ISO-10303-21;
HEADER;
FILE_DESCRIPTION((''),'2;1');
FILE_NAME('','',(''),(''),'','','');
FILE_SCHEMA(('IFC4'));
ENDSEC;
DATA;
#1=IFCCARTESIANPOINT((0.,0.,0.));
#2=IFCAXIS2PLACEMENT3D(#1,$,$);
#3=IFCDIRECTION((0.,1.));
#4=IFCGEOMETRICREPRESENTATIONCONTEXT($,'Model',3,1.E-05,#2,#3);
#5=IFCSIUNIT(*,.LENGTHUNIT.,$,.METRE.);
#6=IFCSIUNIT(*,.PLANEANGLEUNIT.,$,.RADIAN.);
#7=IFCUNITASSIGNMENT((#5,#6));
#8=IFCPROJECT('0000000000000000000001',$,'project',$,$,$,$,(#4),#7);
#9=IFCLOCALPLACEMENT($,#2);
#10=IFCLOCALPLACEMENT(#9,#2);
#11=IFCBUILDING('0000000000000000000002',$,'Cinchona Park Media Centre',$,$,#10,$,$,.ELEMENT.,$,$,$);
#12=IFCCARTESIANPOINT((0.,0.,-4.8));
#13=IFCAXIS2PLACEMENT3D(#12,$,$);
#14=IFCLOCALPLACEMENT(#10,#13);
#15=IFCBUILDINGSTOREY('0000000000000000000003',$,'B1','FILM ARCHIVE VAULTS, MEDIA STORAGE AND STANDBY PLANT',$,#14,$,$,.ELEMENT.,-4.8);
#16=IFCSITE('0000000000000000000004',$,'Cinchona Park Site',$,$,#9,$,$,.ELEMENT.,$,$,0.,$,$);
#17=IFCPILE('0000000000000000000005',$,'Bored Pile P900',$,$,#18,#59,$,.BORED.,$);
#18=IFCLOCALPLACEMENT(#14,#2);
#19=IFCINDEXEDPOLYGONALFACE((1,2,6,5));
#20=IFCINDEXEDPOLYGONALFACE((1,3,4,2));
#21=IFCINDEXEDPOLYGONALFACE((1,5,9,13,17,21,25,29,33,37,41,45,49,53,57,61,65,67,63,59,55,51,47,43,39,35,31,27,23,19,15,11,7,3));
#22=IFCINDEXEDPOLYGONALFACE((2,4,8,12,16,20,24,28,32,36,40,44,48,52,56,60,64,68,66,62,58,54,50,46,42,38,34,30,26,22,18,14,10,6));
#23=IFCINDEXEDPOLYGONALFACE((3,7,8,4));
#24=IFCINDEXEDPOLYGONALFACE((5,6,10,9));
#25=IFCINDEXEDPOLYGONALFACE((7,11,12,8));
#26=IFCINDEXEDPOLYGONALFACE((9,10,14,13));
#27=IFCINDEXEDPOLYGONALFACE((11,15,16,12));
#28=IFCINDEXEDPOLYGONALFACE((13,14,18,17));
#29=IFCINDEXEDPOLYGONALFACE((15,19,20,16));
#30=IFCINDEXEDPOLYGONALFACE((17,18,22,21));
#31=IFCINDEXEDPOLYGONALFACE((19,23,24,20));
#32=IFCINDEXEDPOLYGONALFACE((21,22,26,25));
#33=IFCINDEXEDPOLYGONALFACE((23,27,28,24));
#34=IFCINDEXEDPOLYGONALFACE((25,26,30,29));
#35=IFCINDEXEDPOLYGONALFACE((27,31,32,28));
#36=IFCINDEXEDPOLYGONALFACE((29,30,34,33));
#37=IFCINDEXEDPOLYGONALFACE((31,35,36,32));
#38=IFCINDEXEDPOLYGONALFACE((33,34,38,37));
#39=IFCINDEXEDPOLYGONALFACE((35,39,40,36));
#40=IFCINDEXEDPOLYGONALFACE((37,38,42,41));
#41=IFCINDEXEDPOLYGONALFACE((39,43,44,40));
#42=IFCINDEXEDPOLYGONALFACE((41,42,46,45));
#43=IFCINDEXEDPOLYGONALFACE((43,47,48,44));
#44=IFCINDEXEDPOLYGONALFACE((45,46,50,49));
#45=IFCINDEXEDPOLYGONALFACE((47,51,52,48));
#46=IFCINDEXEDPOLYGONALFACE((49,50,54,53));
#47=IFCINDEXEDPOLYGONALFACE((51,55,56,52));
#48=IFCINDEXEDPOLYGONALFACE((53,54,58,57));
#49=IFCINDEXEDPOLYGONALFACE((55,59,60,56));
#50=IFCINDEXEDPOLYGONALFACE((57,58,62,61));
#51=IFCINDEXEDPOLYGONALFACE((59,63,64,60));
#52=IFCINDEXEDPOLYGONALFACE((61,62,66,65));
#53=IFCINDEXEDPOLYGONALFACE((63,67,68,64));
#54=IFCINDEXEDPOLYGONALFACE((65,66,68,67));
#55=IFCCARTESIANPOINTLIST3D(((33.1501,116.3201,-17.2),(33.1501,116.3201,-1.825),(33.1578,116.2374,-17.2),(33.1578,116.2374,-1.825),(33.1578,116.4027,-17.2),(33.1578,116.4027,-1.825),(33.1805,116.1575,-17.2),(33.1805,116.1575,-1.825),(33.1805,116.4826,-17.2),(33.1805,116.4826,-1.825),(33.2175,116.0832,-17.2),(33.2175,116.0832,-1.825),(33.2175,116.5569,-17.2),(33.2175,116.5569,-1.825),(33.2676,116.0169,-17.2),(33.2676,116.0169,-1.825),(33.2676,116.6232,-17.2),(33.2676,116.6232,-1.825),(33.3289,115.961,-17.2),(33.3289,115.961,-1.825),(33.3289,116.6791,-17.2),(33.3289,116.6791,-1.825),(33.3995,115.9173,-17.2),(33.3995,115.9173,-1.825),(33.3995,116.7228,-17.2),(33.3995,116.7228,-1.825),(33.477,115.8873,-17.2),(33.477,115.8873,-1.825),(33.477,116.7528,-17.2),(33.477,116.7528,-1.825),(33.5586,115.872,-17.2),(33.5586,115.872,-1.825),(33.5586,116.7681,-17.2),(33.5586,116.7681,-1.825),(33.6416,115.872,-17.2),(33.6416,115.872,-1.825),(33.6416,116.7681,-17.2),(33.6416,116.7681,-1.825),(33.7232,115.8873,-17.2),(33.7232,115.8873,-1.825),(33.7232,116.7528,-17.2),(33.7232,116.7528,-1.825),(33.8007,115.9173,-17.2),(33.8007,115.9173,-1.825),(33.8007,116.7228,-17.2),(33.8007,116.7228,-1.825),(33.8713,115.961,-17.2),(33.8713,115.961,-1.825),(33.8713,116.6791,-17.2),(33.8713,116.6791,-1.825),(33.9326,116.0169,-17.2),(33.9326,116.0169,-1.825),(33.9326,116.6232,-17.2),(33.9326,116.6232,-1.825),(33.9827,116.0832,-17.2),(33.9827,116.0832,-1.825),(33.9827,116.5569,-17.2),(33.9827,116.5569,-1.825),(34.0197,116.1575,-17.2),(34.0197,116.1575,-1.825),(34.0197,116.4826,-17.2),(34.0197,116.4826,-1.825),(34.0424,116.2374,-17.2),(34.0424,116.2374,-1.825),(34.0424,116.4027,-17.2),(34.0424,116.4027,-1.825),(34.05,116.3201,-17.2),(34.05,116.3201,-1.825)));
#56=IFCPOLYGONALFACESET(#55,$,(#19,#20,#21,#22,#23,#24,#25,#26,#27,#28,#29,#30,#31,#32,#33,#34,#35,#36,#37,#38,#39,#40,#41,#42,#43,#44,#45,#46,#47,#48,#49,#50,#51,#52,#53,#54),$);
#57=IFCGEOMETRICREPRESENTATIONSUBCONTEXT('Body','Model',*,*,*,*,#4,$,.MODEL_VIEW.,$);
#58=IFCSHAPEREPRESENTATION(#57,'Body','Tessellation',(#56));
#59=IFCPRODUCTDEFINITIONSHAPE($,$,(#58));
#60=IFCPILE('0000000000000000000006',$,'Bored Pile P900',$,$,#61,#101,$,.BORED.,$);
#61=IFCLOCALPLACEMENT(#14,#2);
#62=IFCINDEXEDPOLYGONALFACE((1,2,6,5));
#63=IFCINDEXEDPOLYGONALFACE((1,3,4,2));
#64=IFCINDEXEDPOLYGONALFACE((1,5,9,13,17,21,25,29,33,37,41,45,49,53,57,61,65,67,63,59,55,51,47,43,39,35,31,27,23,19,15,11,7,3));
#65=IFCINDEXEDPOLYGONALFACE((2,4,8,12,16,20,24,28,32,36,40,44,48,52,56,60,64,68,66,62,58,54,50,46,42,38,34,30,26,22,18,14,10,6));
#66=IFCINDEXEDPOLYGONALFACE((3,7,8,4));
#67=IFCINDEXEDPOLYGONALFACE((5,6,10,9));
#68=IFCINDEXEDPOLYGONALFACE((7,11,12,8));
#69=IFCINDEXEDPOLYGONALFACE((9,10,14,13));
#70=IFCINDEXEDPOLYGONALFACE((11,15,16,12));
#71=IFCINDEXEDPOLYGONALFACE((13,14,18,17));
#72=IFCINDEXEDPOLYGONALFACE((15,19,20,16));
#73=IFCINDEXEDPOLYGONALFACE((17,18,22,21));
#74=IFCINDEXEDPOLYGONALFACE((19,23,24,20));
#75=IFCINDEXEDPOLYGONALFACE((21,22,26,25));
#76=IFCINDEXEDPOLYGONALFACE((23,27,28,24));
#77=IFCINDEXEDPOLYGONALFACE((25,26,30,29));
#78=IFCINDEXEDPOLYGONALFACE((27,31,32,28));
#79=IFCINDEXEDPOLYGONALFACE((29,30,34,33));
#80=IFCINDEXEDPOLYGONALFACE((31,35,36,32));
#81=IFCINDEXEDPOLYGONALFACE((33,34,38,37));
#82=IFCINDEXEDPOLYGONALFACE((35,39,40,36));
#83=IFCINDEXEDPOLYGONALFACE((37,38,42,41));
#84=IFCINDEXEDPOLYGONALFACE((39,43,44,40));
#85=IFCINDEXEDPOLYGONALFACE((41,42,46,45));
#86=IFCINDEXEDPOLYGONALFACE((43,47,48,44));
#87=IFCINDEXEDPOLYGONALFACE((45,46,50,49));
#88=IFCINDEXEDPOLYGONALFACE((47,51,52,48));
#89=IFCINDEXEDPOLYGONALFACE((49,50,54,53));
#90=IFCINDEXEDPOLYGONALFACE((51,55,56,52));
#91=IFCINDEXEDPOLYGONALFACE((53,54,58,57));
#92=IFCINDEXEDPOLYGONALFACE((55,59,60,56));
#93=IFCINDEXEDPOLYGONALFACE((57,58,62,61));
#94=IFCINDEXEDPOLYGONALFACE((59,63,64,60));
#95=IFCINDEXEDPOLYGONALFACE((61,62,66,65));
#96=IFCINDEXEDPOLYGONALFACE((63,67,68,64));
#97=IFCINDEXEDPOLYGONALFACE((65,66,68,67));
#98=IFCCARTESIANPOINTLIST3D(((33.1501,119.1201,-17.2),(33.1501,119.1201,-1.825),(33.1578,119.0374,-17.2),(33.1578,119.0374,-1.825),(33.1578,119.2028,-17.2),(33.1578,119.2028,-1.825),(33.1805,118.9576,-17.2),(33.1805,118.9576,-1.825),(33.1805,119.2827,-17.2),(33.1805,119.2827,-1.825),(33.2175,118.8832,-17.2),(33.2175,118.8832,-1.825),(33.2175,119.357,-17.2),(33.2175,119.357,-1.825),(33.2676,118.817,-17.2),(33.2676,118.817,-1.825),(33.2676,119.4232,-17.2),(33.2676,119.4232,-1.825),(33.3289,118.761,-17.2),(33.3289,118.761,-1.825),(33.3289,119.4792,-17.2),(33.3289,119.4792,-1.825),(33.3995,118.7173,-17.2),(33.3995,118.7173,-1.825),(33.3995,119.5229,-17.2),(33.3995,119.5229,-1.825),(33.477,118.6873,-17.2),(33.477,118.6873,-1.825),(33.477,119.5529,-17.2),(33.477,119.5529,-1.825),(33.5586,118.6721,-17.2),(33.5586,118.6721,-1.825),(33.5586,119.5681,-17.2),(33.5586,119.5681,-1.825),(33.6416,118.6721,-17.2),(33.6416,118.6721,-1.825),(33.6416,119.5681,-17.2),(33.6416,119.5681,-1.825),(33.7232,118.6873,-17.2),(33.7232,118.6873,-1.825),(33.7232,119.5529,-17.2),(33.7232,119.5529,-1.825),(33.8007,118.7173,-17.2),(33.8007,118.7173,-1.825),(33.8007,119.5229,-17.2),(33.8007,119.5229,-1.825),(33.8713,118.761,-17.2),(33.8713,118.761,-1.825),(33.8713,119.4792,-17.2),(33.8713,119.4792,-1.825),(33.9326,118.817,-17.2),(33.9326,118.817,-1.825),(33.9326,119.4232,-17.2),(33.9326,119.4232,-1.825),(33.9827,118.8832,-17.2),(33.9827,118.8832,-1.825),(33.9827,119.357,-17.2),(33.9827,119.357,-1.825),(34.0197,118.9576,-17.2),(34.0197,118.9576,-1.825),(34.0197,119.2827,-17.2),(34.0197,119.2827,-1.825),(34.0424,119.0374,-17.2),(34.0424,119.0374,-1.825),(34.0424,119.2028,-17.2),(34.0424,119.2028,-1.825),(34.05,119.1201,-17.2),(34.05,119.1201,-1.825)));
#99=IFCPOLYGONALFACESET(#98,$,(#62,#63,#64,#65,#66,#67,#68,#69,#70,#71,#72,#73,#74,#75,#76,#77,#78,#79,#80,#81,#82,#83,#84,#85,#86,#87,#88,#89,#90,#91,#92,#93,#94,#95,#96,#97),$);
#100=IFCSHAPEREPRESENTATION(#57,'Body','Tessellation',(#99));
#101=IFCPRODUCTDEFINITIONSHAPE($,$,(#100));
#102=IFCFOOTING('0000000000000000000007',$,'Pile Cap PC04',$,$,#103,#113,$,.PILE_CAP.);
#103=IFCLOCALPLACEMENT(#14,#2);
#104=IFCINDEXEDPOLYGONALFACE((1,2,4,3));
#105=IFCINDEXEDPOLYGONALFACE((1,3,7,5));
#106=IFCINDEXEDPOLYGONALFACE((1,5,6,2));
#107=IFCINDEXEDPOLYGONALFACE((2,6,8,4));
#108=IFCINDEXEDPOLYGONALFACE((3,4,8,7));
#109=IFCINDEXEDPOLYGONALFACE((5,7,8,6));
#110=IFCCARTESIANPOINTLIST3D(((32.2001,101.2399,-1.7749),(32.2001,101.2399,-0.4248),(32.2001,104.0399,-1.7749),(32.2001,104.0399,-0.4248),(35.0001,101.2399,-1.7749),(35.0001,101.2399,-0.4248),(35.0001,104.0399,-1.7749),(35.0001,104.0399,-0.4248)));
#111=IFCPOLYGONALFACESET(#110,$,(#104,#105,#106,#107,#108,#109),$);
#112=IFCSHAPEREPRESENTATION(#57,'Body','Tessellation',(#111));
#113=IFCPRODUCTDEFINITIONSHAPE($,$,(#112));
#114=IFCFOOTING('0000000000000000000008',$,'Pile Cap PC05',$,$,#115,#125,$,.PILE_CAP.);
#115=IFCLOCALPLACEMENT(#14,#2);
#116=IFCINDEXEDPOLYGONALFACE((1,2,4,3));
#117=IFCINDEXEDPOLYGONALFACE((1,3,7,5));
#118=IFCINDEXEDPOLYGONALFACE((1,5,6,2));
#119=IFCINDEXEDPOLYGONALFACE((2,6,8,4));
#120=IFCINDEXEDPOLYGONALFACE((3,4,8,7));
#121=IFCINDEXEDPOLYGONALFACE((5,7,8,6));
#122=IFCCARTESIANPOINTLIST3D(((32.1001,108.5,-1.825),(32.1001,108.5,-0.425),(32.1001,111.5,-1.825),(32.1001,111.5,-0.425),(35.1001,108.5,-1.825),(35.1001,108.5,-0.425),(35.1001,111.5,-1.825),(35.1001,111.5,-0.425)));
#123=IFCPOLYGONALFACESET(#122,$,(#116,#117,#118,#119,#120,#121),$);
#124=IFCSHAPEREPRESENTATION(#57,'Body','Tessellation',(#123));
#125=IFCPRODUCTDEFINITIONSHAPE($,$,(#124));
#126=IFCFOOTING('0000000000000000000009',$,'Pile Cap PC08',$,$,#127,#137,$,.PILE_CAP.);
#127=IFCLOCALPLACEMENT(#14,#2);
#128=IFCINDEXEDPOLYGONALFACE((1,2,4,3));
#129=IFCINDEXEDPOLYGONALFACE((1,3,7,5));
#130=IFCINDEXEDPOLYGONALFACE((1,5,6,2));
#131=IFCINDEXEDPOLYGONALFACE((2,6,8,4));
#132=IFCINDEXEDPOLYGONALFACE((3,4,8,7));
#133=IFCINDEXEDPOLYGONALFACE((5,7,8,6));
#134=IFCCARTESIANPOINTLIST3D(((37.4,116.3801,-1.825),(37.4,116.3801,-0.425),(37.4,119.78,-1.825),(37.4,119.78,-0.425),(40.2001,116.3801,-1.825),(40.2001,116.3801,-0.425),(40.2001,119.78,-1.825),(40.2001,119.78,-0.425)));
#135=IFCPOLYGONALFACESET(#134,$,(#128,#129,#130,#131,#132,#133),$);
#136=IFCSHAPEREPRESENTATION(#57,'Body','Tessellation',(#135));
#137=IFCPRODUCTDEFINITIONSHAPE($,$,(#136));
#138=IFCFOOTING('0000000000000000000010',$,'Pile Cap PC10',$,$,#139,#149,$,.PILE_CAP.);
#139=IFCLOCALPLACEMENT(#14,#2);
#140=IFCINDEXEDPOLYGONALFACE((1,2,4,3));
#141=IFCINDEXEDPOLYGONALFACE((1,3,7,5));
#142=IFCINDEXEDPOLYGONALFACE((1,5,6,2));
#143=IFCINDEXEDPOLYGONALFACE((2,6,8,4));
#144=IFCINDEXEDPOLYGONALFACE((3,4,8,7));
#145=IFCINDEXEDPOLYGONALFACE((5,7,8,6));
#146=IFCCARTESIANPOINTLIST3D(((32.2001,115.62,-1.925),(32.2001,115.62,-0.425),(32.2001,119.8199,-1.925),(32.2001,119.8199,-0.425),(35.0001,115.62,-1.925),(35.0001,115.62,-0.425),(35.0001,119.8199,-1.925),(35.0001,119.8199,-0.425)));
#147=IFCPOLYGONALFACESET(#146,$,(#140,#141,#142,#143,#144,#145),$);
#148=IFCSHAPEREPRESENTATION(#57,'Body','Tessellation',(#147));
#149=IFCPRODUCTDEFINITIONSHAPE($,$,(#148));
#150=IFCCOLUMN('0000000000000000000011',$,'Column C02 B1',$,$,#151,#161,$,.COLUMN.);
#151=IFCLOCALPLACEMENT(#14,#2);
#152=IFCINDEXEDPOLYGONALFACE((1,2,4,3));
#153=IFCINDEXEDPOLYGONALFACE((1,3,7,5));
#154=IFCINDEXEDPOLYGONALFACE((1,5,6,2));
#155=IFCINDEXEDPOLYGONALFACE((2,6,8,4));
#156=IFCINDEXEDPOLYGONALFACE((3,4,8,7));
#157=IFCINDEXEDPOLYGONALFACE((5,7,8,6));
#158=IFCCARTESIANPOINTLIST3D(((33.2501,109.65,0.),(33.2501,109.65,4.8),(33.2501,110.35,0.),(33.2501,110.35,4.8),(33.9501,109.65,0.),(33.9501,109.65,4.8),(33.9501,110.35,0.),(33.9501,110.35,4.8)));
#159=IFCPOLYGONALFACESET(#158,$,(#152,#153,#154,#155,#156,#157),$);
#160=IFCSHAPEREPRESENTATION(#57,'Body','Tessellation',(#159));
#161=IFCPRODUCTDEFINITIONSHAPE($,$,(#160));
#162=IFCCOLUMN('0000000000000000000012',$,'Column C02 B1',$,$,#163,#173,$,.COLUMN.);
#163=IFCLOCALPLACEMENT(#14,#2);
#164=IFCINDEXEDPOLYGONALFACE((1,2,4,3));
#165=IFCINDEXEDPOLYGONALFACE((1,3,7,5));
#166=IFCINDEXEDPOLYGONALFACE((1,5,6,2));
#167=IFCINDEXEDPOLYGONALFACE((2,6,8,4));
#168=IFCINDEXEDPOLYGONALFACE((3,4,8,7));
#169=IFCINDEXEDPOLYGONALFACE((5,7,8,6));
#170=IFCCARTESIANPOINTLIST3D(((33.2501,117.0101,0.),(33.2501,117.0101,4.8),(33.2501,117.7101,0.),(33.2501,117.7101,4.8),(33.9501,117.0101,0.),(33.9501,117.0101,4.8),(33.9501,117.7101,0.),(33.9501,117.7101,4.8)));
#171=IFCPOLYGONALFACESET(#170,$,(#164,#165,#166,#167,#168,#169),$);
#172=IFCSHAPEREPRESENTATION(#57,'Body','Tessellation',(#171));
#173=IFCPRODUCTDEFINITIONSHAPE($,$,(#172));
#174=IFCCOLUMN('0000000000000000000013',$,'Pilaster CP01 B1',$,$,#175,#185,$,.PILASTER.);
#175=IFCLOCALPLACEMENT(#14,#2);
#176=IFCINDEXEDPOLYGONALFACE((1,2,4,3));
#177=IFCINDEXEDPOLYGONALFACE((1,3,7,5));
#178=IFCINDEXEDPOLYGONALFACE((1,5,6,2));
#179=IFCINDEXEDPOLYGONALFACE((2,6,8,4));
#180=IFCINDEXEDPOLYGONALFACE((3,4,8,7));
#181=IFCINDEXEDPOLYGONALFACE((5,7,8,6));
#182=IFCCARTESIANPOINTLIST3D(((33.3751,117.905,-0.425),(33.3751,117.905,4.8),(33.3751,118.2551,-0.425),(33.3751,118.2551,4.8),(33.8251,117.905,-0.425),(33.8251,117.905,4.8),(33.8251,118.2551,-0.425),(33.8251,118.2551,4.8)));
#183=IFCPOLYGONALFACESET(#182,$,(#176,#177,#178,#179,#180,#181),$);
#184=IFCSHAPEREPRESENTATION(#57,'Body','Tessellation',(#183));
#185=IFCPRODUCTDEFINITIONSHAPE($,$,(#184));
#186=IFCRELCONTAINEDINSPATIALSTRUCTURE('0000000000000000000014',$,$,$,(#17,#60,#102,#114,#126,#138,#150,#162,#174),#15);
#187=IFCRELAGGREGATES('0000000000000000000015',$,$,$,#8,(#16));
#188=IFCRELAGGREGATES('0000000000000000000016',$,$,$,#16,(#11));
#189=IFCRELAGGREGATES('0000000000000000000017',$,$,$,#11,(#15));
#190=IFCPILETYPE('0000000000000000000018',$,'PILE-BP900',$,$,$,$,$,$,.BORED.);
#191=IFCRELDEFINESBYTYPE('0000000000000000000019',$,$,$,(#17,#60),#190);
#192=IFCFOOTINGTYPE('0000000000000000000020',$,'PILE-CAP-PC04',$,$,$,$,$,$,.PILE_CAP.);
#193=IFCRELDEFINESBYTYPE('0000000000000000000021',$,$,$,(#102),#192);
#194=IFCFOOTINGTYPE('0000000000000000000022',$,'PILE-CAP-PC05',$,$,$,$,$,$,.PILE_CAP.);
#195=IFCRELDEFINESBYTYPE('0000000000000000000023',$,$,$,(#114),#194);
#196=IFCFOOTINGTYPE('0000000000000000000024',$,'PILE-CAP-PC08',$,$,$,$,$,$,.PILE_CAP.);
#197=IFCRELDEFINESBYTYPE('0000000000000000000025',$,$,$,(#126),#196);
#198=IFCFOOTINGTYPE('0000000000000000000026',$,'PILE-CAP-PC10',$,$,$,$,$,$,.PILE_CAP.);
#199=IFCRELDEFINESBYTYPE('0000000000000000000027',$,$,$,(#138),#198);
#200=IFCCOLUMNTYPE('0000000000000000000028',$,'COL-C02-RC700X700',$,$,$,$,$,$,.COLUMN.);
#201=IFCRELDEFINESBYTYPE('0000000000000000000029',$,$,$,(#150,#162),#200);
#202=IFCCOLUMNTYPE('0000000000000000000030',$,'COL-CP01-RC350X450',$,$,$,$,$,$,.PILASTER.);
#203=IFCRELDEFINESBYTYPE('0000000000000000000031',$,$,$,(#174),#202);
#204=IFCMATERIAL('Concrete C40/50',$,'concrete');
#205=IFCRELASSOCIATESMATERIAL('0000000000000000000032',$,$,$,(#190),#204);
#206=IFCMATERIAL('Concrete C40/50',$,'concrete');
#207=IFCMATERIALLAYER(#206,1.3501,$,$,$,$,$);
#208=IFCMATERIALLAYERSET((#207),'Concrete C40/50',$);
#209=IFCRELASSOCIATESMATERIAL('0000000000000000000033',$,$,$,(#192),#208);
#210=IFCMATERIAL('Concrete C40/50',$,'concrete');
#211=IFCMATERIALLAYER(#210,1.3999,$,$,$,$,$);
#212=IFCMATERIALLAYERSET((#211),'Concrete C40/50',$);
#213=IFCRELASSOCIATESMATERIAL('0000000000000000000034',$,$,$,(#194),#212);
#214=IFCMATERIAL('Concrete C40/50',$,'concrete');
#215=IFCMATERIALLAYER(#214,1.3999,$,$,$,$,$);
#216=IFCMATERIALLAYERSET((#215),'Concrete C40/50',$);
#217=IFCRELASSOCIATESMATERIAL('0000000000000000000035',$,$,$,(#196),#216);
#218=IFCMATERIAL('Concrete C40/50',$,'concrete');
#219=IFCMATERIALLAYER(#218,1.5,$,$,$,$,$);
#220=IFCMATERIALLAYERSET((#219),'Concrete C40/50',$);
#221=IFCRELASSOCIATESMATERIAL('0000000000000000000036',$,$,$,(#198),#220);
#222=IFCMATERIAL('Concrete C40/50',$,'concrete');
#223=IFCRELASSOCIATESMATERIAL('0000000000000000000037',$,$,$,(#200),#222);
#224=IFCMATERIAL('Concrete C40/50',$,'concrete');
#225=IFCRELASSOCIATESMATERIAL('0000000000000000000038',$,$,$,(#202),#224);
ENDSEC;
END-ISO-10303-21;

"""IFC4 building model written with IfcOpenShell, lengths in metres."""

from ifc_helpers import new_model, si_unit, direction, frame, origin, origin_2d, place, context, subcontext, project, spatial, rectangle, circle, extrude, material, layer, layer_set, material_profile, profile_set, type_object, element, save


model = new_model("IFC4")

# Units and contexts
model_context = context("Model", 3, precision=1e-05, world=origin(), true_north=direction((0.0, 1.0)))
body_context = subcontext(model_context, "Body", "Model", "MODEL_VIEW")
ifc_project = project(units=[si_unit("LENGTHUNIT", "METRE"), si_unit("PLANEANGLEUNIT", "RADIAN")], contexts=[model_context])

# Site, building, storey
site_placement = place(None, origin())
site = spatial("IfcSite", under=ifc_project, at=site_placement, Name="Cinchona Park Site", CompositionType="ELEMENT", RefElevation=0.0)
building_placement = place(site_placement, origin())
building = spatial("IfcBuilding", under=site, at=building_placement, Name="Cinchona Park Media Centre", CompositionType="ELEMENT")
storey_placement = place(building_placement, frame((0.0, 0.0, -4.8)))
storey = spatial("IfcBuildingStorey", under=building, at=storey_placement, Name="B1", Description="FILM ARCHIVE VAULTS, MEDIA STORAGE AND STANDBY PLANT", CompositionType="ELEMENT", Elevation=-4.8)

# Piles
ifc_material_1 = material(Name="Concrete C40/50", Category="concrete")
ifc_material_profile_1 = material_profile(ifc_material_1, circle(Radius=0.45, at=origin_2d()), Name="BORED PILE 900")
ifc_profile_set_1 = profile_set([ifc_material_profile_1], Name="Concrete C40/50")
pile_type_1 = type_object("IfcPileType", Name="PILE-BP900", PredefinedType="BORED", material=ifc_profile_set_1)
for number, where, z_axis, x_axis, name in (
    (1, (33.6001, 116.3201, -1.825), (0.0, 0.0, -1.0), (1.0, 0.0, 0.0), "Bored Pile P900"),
    (2, (33.6001, 119.1201, -1.825), (0.0, 0.0, -1.0), (1.0, 0.0, 0.0), "Bored Pile P900"),
):
    element("IfcPile", number, at=place(storey_placement, frame(where, z_axis=z_axis, x_axis=x_axis)), inside=storey, type_object=pile_type_1, Name=name, PredefinedType="BORED", context=body_context, shape_type="SweptSolid", body=[
        extrude(circle(Radius=0.45, at=origin_2d()), origin(), (0.0, 0.0, 1.0), 15.375),
    ])

# Footings
ifc_material_2 = material(Name="Concrete C40/50", Category="concrete")
ifc_layer_1 = layer(ifc_material_2, 1.3501)
ifc_layer_set_1 = layer_set([ifc_layer_1], Name="Concrete C40/50")
footing_type_1 = type_object("IfcFootingType", Name="PILE-CAP-PC04", PredefinedType="PILE_CAP", material=ifc_layer_set_1)
footing_1_placement = place(storey_placement, frame((33.6001, 102.6399, -1.7749), z_axis=(0.0, 0.0, 1.0), x_axis=(1.0, 0.0, 0.0)))
element("IfcFooting", 3, at=footing_1_placement, inside=storey, type_object=footing_type_1, Name="Pile Cap PC04", PredefinedType="PILE_CAP", context=body_context, shape_type="SweptSolid", body=[
    extrude(rectangle(XDim=2.8, YDim=2.8, at=origin_2d()), origin(), (0.0, 0.0, 1.0), 1.3501),
])
ifc_material_3 = material(Name="Concrete C40/50", Category="concrete")
ifc_layer_2 = layer(ifc_material_3, 1.3999)
ifc_layer_set_2 = layer_set([ifc_layer_2], Name="Concrete C40/50")
footing_type_2 = type_object("IfcFootingType", Name="PILE-CAP-PC05", PredefinedType="PILE_CAP", material=ifc_layer_set_2)
footing_2_placement = place(storey_placement, frame((33.6001, 110.0, -1.825), z_axis=(0.0, 0.0, 1.0), x_axis=(1.0, 0.0, 0.0)))
element("IfcFooting", 4, at=footing_2_placement, inside=storey, type_object=footing_type_2, Name="Pile Cap PC05", PredefinedType="PILE_CAP", context=body_context, shape_type="SweptSolid", body=[
    extrude(rectangle(XDim=3.0, YDim=3.0, at=origin_2d()), origin(), (0.0, 0.0, 1.0), 1.3999),
])
ifc_material_4 = material(Name="Concrete C40/50", Category="concrete")
ifc_layer_3 = layer(ifc_material_4, 1.3999)
ifc_layer_set_3 = layer_set([ifc_layer_3], Name="Concrete C40/50")
footing_type_3 = type_object("IfcFootingType", Name="PILE-CAP-PC08", PredefinedType="PILE_CAP", material=ifc_layer_set_3)
footing_3_placement = place(storey_placement, frame((38.8, 118.0801, -1.825), z_axis=(0.0, 0.0, 1.0), x_axis=(1.0, 0.0, 0.0)))
element("IfcFooting", 5, at=footing_3_placement, inside=storey, type_object=footing_type_3, Name="Pile Cap PC08", PredefinedType="PILE_CAP", context=body_context, shape_type="SweptSolid", body=[
    extrude(rectangle(XDim=2.8, YDim=3.3999, at=origin_2d()), origin(), (0.0, 0.0, 1.0), 1.3999),
])
ifc_material_5 = material(Name="Concrete C40/50", Category="concrete")
ifc_layer_4 = layer(ifc_material_5, 1.5)
ifc_layer_set_4 = layer_set([ifc_layer_4], Name="Concrete C40/50")
footing_type_4 = type_object("IfcFootingType", Name="PILE-CAP-PC10", PredefinedType="PILE_CAP", material=ifc_layer_set_4)
footing_4_placement = place(storey_placement, frame((33.6001, 117.72, -1.925), z_axis=(0.0, 0.0, 1.0), x_axis=(1.0, 0.0, 0.0)))
element("IfcFooting", 6, at=footing_4_placement, inside=storey, type_object=footing_type_4, Name="Pile Cap PC10", PredefinedType="PILE_CAP", context=body_context, shape_type="SweptSolid", body=[
    extrude(rectangle(XDim=2.8, YDim=4.2, at=origin_2d()), origin(), (0.0, 0.0, 1.0), 1.5),
])

# Columns
ifc_material_6 = material(Name="Concrete C40/50", Category="concrete")
ifc_material_profile_2 = material_profile(ifc_material_6, rectangle(XDim=0.7, YDim=0.7, at=origin_2d()), Name="RC 700X700")
ifc_profile_set_2 = profile_set([ifc_material_profile_2], Name="Concrete C40/50")
column_type_1 = type_object("IfcColumnType", Name="COL-C02-RC700X700", PredefinedType="COLUMN", material=ifc_profile_set_2)
for number, where, z_axis, x_axis, name in (
    (7, (33.6001, 110.0, 0.0), (0.0, 0.0, 1.0), (1.0, 0.0, 0.0), "Column C02 B1"),
    (8, (33.6001, 117.3601, 0.0), (0.0, 0.0, 1.0), (1.0, 0.0, 0.0), "Column C02 B1"),
):
    element("IfcColumn", number, at=place(storey_placement, frame(where, z_axis=z_axis, x_axis=x_axis)), inside=storey, type_object=column_type_1, Name=name, PredefinedType="COLUMN", context=body_context, shape_type="SweptSolid", body=[
        extrude(rectangle(XDim=0.7, YDim=0.7, at=origin_2d()), origin(), (0.0, 0.0, 1.0), 4.8),
    ])
ifc_material_7 = material(Name="Concrete C40/50", Category="concrete")
ifc_material_profile_3 = material_profile(ifc_material_7, rectangle(XDim=0.3501, YDim=0.45, at=origin_2d()), Name="RC 350X450")
ifc_profile_set_3 = profile_set([ifc_material_profile_3], Name="Concrete C40/50")
column_type_2 = type_object("IfcColumnType", Name="COL-CP01-RC350X450", PredefinedType="PILASTER", material=ifc_profile_set_3)
for number, where, z_axis, x_axis, name in (
    (9, (33.6001, 118.0801, -0.425), (0.0, 0.0, 1.0), (0.0, 1.0, 0.0), "Pilaster CP01 B1"),
):
    element("IfcColumn", number, at=place(storey_placement, frame(where, z_axis=z_axis, x_axis=x_axis)), inside=storey, type_object=column_type_2, Name=name, PredefinedType="PILASTER", context=body_context, shape_type="SweptSolid", body=[
        extrude(rectangle(XDim=0.3501, YDim=0.45, at=origin_2d()), origin(), (0.0, 0.0, 1.0), 5.2251),
    ])

save(model, "model.ifc")
